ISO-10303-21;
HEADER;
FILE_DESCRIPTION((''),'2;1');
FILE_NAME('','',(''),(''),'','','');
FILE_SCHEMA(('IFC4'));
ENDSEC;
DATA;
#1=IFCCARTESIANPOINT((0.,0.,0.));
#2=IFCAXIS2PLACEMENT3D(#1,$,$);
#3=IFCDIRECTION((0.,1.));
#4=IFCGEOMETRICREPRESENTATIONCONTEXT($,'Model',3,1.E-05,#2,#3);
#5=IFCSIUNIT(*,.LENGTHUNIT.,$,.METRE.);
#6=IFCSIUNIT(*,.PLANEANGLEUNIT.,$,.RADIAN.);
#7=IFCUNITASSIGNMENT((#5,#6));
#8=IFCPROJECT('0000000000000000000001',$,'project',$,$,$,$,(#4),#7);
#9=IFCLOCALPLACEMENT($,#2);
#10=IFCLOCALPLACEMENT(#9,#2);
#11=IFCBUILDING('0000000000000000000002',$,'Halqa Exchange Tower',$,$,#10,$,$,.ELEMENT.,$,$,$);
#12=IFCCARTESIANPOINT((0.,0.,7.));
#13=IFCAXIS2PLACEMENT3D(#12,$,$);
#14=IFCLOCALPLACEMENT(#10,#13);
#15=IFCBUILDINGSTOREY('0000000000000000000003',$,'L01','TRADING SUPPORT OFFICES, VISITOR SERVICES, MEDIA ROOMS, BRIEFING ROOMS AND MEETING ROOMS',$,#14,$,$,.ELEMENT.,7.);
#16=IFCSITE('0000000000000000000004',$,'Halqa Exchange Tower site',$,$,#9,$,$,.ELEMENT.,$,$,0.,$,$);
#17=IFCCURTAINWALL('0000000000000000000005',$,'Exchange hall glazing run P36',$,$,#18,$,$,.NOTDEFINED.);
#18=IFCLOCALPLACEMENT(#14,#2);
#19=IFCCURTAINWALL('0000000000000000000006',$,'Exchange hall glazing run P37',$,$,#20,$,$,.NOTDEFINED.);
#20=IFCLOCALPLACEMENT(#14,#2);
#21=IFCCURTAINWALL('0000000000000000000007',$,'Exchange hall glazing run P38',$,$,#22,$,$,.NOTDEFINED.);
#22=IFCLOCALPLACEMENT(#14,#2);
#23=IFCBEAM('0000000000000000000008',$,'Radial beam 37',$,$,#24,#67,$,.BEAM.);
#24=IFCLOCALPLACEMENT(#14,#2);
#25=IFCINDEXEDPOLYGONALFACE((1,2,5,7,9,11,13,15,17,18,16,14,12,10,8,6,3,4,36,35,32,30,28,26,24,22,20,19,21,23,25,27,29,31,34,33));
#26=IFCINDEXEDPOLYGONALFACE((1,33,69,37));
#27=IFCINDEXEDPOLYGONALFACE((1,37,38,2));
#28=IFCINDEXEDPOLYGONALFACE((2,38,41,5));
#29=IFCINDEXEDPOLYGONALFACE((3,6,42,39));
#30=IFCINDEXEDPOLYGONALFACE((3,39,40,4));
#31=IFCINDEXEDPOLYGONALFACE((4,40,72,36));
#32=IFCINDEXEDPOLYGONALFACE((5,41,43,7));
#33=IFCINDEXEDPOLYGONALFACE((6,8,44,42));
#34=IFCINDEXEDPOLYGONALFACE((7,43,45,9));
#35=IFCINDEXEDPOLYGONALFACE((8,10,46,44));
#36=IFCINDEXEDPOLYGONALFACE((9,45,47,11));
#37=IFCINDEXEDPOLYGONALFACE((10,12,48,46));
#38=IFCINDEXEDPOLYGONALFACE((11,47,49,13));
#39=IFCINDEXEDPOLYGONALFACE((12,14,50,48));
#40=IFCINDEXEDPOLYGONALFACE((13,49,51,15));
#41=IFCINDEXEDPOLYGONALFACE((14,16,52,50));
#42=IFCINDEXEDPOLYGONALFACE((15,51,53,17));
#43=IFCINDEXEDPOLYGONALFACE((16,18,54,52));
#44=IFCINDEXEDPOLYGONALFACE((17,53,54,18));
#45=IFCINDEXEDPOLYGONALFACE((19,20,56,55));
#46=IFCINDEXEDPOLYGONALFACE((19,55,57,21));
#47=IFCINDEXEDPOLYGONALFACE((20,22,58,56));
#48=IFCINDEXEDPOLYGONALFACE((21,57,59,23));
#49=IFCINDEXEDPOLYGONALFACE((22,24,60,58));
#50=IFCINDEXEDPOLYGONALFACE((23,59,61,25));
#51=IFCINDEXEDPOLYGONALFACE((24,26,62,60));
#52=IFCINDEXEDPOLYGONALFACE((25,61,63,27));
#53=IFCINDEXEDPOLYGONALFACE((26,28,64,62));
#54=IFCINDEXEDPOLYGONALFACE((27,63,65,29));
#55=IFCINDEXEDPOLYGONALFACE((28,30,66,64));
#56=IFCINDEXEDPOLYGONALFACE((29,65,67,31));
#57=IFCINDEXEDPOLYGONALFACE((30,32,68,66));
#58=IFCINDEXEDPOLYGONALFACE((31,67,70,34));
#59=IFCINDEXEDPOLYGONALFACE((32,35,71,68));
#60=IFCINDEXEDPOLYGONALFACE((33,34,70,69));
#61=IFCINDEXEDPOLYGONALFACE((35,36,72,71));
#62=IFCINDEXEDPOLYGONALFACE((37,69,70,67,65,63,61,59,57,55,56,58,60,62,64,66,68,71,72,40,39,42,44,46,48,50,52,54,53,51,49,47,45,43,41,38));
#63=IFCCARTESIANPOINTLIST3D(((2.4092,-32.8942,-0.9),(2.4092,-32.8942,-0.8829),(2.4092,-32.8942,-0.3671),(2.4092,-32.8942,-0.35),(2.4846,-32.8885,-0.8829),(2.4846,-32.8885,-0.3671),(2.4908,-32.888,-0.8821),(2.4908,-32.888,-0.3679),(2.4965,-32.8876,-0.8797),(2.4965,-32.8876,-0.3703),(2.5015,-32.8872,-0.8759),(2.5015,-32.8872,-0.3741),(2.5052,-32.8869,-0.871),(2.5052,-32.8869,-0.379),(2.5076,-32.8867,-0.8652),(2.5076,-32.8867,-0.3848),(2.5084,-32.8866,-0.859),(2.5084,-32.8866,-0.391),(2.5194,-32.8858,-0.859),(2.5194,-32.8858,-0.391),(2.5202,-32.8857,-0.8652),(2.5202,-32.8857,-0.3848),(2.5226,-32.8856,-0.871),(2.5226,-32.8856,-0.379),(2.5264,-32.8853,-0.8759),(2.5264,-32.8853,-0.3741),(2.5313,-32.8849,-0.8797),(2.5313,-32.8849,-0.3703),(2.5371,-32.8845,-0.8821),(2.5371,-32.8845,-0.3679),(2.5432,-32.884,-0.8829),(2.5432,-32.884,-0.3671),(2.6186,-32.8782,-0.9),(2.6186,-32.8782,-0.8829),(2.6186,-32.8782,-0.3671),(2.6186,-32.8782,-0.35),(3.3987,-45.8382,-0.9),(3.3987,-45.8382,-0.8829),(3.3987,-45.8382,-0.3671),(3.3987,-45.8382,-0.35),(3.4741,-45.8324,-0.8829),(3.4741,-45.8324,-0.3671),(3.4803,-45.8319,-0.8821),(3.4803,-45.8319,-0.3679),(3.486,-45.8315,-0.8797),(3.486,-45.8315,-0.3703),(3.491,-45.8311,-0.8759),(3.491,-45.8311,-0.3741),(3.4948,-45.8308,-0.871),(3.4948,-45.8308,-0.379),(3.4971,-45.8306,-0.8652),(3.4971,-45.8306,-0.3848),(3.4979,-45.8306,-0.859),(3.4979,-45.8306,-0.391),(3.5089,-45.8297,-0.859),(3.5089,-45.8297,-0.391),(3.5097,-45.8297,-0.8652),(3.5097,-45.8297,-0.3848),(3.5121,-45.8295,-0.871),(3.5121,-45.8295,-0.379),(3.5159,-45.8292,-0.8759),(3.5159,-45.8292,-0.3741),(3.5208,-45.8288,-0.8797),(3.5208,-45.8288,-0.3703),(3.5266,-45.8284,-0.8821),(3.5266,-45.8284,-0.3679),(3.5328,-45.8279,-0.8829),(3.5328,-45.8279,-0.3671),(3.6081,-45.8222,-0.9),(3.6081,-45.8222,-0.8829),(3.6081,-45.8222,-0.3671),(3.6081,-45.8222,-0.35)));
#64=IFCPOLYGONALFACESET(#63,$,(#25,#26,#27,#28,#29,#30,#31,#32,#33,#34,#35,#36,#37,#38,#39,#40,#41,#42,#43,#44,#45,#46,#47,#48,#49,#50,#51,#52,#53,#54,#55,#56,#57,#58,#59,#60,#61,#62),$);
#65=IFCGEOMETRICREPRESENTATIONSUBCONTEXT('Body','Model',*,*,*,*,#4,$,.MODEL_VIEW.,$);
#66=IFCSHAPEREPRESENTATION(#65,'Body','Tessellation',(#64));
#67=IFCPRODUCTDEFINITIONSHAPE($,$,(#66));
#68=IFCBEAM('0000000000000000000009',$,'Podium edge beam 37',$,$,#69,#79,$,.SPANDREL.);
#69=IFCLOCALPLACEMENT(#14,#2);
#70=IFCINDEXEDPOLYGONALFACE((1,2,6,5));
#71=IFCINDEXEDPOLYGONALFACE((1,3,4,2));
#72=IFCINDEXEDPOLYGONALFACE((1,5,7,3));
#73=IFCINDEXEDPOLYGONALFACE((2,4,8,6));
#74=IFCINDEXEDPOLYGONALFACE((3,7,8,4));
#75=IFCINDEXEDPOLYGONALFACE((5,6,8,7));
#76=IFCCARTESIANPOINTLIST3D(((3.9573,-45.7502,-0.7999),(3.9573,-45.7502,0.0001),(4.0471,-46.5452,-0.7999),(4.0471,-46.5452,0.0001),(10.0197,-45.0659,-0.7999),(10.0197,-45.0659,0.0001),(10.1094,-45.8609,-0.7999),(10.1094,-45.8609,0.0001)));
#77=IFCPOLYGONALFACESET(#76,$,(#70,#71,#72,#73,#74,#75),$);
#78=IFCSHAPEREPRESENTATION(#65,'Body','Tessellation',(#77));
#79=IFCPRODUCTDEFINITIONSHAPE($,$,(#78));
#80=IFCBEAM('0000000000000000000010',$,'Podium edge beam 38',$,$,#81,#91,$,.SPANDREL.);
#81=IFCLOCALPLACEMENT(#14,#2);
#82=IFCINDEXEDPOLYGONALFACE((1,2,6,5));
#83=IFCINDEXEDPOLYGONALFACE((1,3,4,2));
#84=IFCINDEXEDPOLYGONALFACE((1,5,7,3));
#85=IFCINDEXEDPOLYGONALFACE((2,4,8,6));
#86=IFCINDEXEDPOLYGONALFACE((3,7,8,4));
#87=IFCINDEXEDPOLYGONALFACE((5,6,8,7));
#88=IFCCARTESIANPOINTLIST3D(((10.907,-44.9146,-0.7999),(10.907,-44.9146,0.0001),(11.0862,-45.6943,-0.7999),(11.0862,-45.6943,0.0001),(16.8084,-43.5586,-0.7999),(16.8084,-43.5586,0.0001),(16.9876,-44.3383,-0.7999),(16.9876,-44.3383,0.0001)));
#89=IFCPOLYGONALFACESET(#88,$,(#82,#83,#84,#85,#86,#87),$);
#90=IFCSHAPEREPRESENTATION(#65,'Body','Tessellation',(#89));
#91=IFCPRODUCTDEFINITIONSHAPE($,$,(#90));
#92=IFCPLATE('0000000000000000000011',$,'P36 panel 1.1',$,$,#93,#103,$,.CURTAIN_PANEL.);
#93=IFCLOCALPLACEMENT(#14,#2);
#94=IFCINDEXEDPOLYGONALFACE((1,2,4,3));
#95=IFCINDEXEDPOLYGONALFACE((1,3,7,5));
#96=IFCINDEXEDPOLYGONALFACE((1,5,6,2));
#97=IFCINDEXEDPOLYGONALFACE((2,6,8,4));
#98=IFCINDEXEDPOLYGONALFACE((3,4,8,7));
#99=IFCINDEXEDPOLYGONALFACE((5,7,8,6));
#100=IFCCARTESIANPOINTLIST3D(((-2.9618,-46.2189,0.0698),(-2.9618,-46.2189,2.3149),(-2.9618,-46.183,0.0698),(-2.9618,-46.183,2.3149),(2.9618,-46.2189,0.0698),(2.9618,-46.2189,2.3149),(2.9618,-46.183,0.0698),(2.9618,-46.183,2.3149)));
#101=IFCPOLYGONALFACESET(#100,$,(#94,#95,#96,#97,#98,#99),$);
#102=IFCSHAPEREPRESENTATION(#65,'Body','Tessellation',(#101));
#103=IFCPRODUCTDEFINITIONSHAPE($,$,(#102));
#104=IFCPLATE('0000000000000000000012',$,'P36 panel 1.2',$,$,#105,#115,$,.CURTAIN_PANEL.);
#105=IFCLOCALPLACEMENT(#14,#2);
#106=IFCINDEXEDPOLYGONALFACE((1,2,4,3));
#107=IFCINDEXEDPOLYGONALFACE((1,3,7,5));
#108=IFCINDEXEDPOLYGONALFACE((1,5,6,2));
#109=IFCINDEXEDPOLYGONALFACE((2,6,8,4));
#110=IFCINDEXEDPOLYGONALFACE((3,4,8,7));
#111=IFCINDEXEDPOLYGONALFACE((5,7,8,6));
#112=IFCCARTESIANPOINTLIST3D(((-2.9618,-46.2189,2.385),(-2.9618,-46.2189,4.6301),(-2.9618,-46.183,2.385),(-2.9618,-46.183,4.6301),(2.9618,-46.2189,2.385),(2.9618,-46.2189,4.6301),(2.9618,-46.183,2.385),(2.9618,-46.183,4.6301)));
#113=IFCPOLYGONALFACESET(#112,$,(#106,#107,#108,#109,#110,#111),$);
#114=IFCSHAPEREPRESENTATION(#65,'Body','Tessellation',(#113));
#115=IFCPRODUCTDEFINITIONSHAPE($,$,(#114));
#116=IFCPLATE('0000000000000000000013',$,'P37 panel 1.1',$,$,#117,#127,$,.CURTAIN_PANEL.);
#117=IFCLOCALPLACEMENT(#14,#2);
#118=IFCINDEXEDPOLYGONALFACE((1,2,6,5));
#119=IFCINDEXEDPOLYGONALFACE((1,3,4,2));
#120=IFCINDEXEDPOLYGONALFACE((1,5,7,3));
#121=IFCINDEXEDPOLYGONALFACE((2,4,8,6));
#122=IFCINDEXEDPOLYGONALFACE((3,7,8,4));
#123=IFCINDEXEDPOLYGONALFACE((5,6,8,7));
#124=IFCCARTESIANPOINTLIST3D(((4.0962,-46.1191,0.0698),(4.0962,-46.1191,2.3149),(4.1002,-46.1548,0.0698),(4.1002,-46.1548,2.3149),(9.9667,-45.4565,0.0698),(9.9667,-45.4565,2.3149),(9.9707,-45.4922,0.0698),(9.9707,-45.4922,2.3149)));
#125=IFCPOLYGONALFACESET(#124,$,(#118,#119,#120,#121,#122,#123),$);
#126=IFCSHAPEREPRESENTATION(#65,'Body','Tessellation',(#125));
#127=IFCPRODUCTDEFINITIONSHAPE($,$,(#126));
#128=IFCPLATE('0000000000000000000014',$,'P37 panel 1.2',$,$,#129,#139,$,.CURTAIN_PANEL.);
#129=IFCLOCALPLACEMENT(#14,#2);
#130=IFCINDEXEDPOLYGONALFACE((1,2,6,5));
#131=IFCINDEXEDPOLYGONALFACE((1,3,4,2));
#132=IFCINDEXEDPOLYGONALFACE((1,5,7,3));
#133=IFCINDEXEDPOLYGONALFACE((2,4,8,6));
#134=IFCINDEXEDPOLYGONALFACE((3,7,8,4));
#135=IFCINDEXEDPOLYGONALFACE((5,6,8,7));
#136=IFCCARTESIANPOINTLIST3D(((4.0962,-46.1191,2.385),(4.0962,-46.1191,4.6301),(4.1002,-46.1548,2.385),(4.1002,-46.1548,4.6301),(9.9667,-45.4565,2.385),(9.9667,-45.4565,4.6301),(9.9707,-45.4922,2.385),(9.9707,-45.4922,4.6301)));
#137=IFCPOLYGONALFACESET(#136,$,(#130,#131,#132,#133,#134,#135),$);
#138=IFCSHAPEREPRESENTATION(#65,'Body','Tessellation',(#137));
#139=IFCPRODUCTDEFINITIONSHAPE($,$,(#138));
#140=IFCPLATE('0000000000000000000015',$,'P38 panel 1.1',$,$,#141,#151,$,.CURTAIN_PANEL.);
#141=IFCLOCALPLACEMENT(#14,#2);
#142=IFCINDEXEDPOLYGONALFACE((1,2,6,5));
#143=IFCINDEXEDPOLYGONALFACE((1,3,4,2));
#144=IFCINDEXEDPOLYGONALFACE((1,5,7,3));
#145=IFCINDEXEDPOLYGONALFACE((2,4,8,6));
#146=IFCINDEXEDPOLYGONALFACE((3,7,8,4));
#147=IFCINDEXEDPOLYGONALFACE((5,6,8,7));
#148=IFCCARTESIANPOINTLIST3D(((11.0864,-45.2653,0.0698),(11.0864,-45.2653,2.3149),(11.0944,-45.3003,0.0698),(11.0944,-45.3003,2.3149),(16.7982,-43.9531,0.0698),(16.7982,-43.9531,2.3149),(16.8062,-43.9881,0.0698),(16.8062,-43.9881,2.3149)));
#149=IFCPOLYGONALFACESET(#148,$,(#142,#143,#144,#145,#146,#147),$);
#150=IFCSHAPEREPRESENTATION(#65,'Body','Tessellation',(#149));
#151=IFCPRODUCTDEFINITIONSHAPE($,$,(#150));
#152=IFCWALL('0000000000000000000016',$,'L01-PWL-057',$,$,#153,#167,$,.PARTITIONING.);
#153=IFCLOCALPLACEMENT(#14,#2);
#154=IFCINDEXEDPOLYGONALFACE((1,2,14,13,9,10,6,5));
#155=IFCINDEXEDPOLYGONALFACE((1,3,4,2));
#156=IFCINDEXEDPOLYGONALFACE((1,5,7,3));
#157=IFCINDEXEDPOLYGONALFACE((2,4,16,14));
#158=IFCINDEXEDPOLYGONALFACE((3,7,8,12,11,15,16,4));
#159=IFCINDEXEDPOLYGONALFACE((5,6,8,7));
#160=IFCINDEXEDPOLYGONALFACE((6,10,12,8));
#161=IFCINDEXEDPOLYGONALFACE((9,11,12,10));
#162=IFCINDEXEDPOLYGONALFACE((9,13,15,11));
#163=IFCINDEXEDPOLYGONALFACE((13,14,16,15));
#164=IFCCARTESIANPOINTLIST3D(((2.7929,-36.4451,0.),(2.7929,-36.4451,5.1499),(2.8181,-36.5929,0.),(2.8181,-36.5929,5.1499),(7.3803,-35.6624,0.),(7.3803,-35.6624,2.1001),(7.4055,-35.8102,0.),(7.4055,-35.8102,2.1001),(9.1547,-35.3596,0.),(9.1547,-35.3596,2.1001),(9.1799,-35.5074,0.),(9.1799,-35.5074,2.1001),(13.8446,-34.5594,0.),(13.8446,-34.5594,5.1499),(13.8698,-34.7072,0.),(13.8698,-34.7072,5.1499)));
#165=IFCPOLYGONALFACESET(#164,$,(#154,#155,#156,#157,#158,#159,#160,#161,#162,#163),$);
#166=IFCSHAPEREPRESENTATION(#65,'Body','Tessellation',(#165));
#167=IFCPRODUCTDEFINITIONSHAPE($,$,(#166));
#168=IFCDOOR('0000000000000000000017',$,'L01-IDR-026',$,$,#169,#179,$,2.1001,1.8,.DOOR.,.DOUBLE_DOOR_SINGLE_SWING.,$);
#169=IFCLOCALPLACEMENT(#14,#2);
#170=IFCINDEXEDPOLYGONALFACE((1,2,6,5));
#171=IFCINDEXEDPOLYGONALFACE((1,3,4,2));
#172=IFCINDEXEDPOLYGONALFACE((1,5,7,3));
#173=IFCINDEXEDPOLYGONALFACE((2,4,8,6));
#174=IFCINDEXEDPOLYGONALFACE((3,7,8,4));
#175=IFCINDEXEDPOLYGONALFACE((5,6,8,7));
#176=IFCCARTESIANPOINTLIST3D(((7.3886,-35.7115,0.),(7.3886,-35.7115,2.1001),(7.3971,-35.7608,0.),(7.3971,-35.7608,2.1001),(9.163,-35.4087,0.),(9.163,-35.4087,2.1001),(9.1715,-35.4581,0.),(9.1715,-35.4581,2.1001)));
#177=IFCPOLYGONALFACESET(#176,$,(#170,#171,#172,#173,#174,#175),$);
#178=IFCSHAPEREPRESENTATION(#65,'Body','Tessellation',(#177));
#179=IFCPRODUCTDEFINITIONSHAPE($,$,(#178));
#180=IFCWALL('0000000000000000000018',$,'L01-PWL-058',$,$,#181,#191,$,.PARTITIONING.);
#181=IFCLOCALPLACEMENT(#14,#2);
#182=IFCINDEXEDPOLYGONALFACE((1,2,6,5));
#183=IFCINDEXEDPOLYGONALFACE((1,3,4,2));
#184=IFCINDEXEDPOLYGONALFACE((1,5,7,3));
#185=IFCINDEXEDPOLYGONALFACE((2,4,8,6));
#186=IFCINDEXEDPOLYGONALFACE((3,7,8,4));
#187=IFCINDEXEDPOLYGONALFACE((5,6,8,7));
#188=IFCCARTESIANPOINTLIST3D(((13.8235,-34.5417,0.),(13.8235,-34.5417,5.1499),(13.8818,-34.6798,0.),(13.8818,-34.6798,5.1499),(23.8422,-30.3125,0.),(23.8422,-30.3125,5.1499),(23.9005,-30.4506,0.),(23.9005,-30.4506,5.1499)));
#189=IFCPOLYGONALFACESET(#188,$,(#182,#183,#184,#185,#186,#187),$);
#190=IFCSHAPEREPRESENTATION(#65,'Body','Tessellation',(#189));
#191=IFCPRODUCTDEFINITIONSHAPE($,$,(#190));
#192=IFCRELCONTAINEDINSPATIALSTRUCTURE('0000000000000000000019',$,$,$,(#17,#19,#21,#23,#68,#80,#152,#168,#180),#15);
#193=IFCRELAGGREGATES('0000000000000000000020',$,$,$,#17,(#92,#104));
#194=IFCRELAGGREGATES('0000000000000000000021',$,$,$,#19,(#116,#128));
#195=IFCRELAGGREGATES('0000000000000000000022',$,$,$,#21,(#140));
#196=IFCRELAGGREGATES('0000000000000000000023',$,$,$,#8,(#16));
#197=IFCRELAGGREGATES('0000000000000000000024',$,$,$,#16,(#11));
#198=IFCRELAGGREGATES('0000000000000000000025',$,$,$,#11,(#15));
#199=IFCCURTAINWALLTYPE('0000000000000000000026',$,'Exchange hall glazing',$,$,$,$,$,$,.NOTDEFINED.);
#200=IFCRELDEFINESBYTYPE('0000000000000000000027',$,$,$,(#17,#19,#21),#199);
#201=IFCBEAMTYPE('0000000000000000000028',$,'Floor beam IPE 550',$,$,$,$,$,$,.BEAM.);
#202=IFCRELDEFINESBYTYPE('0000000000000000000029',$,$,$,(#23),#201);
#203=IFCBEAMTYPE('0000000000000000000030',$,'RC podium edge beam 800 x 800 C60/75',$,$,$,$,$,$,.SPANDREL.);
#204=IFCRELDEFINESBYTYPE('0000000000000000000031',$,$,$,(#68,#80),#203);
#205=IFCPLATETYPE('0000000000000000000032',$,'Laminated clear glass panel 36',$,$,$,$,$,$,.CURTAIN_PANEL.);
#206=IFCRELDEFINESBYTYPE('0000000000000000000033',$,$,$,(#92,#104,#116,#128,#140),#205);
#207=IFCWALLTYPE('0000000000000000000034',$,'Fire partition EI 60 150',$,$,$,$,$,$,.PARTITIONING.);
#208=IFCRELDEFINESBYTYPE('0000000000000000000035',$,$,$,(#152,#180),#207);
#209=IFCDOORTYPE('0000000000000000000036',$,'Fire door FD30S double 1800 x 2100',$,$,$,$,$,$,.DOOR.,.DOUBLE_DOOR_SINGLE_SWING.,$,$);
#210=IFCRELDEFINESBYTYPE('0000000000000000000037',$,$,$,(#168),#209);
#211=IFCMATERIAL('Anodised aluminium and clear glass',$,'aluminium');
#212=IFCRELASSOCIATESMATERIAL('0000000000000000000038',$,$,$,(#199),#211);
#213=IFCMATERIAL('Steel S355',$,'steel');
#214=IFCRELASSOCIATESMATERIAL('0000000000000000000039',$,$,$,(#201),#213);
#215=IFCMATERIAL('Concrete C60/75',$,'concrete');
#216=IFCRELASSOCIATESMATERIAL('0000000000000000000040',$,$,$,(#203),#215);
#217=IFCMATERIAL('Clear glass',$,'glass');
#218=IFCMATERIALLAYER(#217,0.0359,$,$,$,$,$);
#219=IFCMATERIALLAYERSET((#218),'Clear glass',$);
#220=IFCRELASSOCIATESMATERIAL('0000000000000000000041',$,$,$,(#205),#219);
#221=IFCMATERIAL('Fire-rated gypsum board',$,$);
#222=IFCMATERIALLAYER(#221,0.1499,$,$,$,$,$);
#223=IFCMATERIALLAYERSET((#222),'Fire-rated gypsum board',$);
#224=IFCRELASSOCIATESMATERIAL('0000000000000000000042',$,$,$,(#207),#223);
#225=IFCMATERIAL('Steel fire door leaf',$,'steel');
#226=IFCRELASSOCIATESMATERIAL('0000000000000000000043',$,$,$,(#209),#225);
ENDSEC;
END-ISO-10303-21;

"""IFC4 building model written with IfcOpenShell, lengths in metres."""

from ifc_helpers import new_model, si_unit, direction, frame, frame_2d, origin, origin_2d, place, context, subcontext, project, spatial, rectangle, i_section, extrude, material, layer, layer_set, material_profile, profile_set, type_object, element, fill, aggregate, save


model = new_model("IFC4")

# Units and contexts
model_context = context("Model", 3, precision=1e-05, world=origin(), true_north=direction((0.0, 1.0)))
body_context = subcontext(model_context, "Body", "Model", "MODEL_VIEW")
ifc_project = project(units=[si_unit("LENGTHUNIT", "METRE"), si_unit("PLANEANGLEUNIT", "RADIAN")], contexts=[model_context])

# Site, building, storey
site_placement = place(None, origin())
site = spatial("IfcSite", under=ifc_project, at=site_placement, Name="Halqa Exchange Tower site", CompositionType="ELEMENT", RefElevation=0.0)
building_placement = place(site_placement, origin())
building = spatial("IfcBuilding", under=site, at=building_placement, Name="Halqa Exchange Tower", CompositionType="ELEMENT")
storey_placement = place(building_placement, frame((0.0, 0.0, 7.0)))
storey = spatial("IfcBuildingStorey", under=building, at=storey_placement, Name="L01", Description="TRADING SUPPORT OFFICES, VISITOR SERVICES, MEDIA ROOMS, BRIEFING ROOMS AND MEETING ROOMS", CompositionType="ELEMENT", Elevation=7.0)

# Shared definitions
ifc_material_1 = material(Name="Concrete C60/75", Category="concrete")

# Curtain wall
ifc_material_2 = material(Name="Anodised aluminium and clear glass", Category="aluminium")
curtain_wall_type = type_object("IfcCurtainWallType", Name="Exchange hall glazing", PredefinedType="NOTDEFINED", material=ifc_material_2)
curtain_wall_1_placement = place(storey_placement, origin())
curtain_wall_1 = element("IfcCurtainWall", 1, at=curtain_wall_1_placement, inside=storey, type_object=curtain_wall_type, Name="Exchange hall glazing run P36", PredefinedType="NOTDEFINED")

# Curtain wall
curtain_wall_2_placement = place(storey_placement, origin())
curtain_wall_2 = element("IfcCurtainWall", 2, at=curtain_wall_2_placement, inside=storey, type_object=curtain_wall_type, Name="Exchange hall glazing run P37", PredefinedType="NOTDEFINED")

# Curtain wall
curtain_wall_3_placement = place(storey_placement, origin())
curtain_wall_3 = element("IfcCurtainWall", 3, at=curtain_wall_3_placement, inside=storey, type_object=curtain_wall_type, Name="Exchange hall glazing run P38", PredefinedType="NOTDEFINED")

# Beams
ifc_material_3 = material(Name="Steel S355", Category="steel")
ifc_material_profile_1 = material_profile(ifc_material_3, i_section(OverallWidth=0.21, OverallDepth=0.55, WebThickness=0.011, FlangeThickness=0.0171, FilletRadius=0.0239, at=origin_2d()), Name="IPE 550")
ifc_profile_set_1 = profile_set([ifc_material_profile_1], Name="Steel S355")
beam_type_1 = type_object("IfcBeamType", Name="Floor beam IPE 550", PredefinedType="BEAM", material=ifc_profile_set_1)
beam_1_placement = place(storey_placement, frame((2.5139, -32.8862, -0.625), z_axis=(0.076223, -0.997091, 0.0), x_axis=(0.997091, 0.076223, 0.0)))
element("IfcBeam", 4, at=beam_1_placement, inside=storey, type_object=beam_type_1, Name="Radial beam 37", PredefinedType="BEAM", context=body_context, shape_type="SweptSolid", body=[
    extrude(i_section(OverallWidth=0.21, OverallDepth=0.55, WebThickness=0.011, FlangeThickness=0.0171, FilletRadius=0.0239, at=origin_2d()), origin(), (0.0, 0.0, 1.0), 12.9817),
])
ifc_material_profile_2 = material_profile(ifc_material_1, rectangle(XDim=0.8, YDim=0.8, at=origin_2d()), Name="800 x 800")
ifc_profile_set_2 = profile_set([ifc_material_profile_2], Name="Concrete C60/75")
beam_type_2 = type_object("IfcBeamType", Name="RC podium edge beam 800 x 800 C60/75", PredefinedType="SPANDREL", material=ifc_profile_set_2)
beam_2_placement = place(storey_placement, frame((4.0022, -46.1477, -0.3999), z_axis=(0.993689, 0.112171, 0.0), x_axis=(-0.112171, 0.993689, 0.0)))
element("IfcBeam", 5, at=beam_2_placement, inside=storey, type_object=beam_type_2, Name="Podium edge beam 37", PredefinedType="SPANDREL", context=body_context, shape_type="SweptSolid", body=[
    extrude(rectangle(XDim=0.8, YDim=0.8, at=origin_2d()), origin(), (0.0, 0.0, 1.0), 6.1008),
])
beam_3_placement = place(storey_placement, frame((10.9966, -45.3044, -0.3999), z_axis=(0.974604, 0.223935, 0.0), x_axis=(-0.223935, 0.974604, 0.0)))
element("IfcBeam", 6, at=beam_3_placement, inside=storey, type_object=beam_type_2, Name="Podium edge beam 38", PredefinedType="SPANDREL", context=body_context, shape_type="SweptSolid", body=[
    extrude(rectangle(XDim=0.8, YDim=0.8, at=origin_2d()), origin(), (0.0, 0.0, 1.0), 6.0552),
])

# Plates
ifc_material_4 = material(Name="Clear glass", Category="glass")
ifc_layer_1 = layer(ifc_material_4, 0.0359)
ifc_layer_set_1 = layer_set([ifc_layer_1], Name="Clear glass")
plate_type = type_object("IfcPlateType", Name="Laminated clear glass panel 36", PredefinedType="CURTAIN_PANEL", material=ifc_layer_set_1)
plate_1_placement = place(storey_placement, frame((0.0, -46.2009, 0.0698), z_axis=(0.0, 0.0, 1.0), x_axis=(1.0, 0.0, 0.0)))
plate_1 = element("IfcPlate", 7, at=plate_1_placement, type_object=plate_type, Name="P36 panel 1.1", PredefinedType="CURTAIN_PANEL", context=body_context, shape_type="SweptSolid", body=[
    extrude(rectangle(XDim=5.9236, YDim=0.0359, at=origin_2d()), origin(), (0.0, 0.0, 1.0), 2.2451),
])
plate_2_placement = place(storey_placement, frame((0.0, -46.2009, 2.385), z_axis=(0.0, 0.0, 1.0), x_axis=(1.0, 0.0, 0.0)))
plate_2 = element("IfcPlate", 8, at=plate_2_placement, type_object=plate_type, Name="P36 panel 1.2", PredefinedType="CURTAIN_PANEL", context=body_context, shape_type="SweptSolid", body=[
    extrude(rectangle(XDim=5.9236, YDim=0.0359, at=origin_2d()), origin(), (0.0, 0.0, 1.0), 2.2451),
])
aggregate(curtain_wall_1, [plate_1, plate_2])
plate_3_placement = place(storey_placement, frame((7.0334, -45.8057, 0.0698), z_axis=(0.0, 0.0, 1.0), x_axis=(0.99369, 0.112159, 0.0)))
plate_3 = element("IfcPlate", 9, at=plate_3_placement, type_object=plate_type, Name="P37 panel 1.1", PredefinedType="CURTAIN_PANEL", context=body_context, shape_type="SweptSolid", body=[
    extrude(rectangle(XDim=5.9077, YDim=0.0359, at=origin_2d()), origin(), (0.0, 0.0, 1.0), 2.2451),
])
plate_4_placement = place(storey_placement, frame((7.0334, -45.8057, 2.385), z_axis=(0.0, 0.0, 1.0), x_axis=(0.99369, 0.112159, 0.0)))
plate_4 = element("IfcPlate", 10, at=plate_4_placement, type_object=plate_type, Name="P37 panel 1.2", PredefinedType="CURTAIN_PANEL", context=body_context, shape_type="SweptSolid", body=[
    extrude(rectangle(XDim=5.9077, YDim=0.0359, at=origin_2d()), origin(), (0.0, 0.0, 1.0), 2.2451),
])
aggregate(curtain_wall_2, [plate_3, plate_4])
plate_5_placement = place(storey_placement, frame((13.9463, -44.6267, 0.0698), z_axis=(0.0, 0.0, 1.0), x_axis=(0.974613, 0.223897, 0.0)))
plate_5 = element("IfcPlate", 11, at=plate_5_placement, type_object=plate_type, Name="P38 panel 1.1", PredefinedType="CURTAIN_PANEL", context=body_context, shape_type="SweptSolid", body=[
    extrude(rectangle(XDim=5.8606, YDim=0.0359, at=origin_2d()), origin(), (0.0, 0.0, 1.0), 2.2451),
])
aggregate(curtain_wall_3, [plate_5])

# Wall, opening, door
ifc_material_5 = material(Name="Fire-rated gypsum board")
ifc_layer_2 = layer(ifc_material_5, 0.1499)
ifc_layer_set_2 = layer_set([ifc_layer_2], Name="Fire-rated gypsum board")
wall_type_1 = type_object("IfcWallType", Name="Fire partition EI 60 150", PredefinedType="PARTITIONING", material=ifc_layer_set_2)
wall_1_placement = place(storey_placement, frame((13.8572, -34.6333, 0.0), z_axis=(0.0, 0.0, 1.0), x_axis=(-0.985753, -0.168197, 0.0)))
wall_1 = element("IfcWall", 12, at=wall_1_placement, inside=storey, type_object=wall_type_1, Name="L01-PWL-057", PredefinedType="PARTITIONING", context=body_context, shape_type="SweptSolid", body=[
    extrude(rectangle(XDim=11.2114, YDim=0.1499, at=frame_2d((5.6057, 0.0))), origin(), (0.0, 0.0, 1.0), 5.1499),
])
opening_placement = place(wall_1_placement, frame((4.7578, 0.0, 0.0)))
opening = element("IfcOpeningElement", 13, at=opening_placement, cuts=wall_1, PredefinedType="OPENING", context=body_context, shape_type="SweptSolid", body=[
    extrude(rectangle(XDim=1.8, YDim=2.1001, at=frame_2d((0.8999, 1.05))), frame((0.0, 0.0869, 0.0), z_axis=(0.0, -1.0, 0.0), x_axis=(1.0, 0.0, 0.0)), (0.0, 0.0, 1.0), 0.1738),
])
ifc_material_6 = material(Name="Steel fire door leaf", Category="steel")
door_type = type_object("IfcDoorType", Name="Fire door FD30S double 1800 x 2100", OperationType="DOUBLE_DOOR_SINGLE_SWING", PredefinedType="DOOR", material=ifc_material_6)
door_placement = place(opening_placement, origin())
door = element("IfcDoor", 14, at=door_placement, inside=storey, type_object=door_type, Name="L01-IDR-026", OperationType="DOUBLE_DOOR_SINGLE_SWING", OverallHeight=2.1001, OverallWidth=1.8, PredefinedType="DOOR", context=body_context, shape_type="SweptSolid", body=[
    extrude(rectangle(XDim=1.8, YDim=2.1001, at=frame_2d((0.8999, 1.05))), frame((0.0, 0.0249, 0.0), z_axis=(0.0, -1.0, 0.0), x_axis=(1.0, 0.0, 0.0)), (0.0, 0.0, 1.0), 0.05),
])
fill(opening, door)

# Wall
wall_2_placement = place(storey_placement, frame((13.8525, -34.6108, 0.0), z_axis=(0.0, 0.0, 1.0), x_axis=(0.921276, 0.388909, 0.0)))
element("IfcWall", 15, at=wall_2_placement, inside=storey, type_object=wall_type_1, Name="L01-PWL-058", PredefinedType="PARTITIONING", context=body_context, shape_type="SweptSolid", body=[
    extrude(rectangle(XDim=10.8748, YDim=0.1499, at=frame_2d((5.4375, 0.0))), origin(), (0.0, 0.0, 1.0), 5.1499),
])

save(model, "model.ifc")
